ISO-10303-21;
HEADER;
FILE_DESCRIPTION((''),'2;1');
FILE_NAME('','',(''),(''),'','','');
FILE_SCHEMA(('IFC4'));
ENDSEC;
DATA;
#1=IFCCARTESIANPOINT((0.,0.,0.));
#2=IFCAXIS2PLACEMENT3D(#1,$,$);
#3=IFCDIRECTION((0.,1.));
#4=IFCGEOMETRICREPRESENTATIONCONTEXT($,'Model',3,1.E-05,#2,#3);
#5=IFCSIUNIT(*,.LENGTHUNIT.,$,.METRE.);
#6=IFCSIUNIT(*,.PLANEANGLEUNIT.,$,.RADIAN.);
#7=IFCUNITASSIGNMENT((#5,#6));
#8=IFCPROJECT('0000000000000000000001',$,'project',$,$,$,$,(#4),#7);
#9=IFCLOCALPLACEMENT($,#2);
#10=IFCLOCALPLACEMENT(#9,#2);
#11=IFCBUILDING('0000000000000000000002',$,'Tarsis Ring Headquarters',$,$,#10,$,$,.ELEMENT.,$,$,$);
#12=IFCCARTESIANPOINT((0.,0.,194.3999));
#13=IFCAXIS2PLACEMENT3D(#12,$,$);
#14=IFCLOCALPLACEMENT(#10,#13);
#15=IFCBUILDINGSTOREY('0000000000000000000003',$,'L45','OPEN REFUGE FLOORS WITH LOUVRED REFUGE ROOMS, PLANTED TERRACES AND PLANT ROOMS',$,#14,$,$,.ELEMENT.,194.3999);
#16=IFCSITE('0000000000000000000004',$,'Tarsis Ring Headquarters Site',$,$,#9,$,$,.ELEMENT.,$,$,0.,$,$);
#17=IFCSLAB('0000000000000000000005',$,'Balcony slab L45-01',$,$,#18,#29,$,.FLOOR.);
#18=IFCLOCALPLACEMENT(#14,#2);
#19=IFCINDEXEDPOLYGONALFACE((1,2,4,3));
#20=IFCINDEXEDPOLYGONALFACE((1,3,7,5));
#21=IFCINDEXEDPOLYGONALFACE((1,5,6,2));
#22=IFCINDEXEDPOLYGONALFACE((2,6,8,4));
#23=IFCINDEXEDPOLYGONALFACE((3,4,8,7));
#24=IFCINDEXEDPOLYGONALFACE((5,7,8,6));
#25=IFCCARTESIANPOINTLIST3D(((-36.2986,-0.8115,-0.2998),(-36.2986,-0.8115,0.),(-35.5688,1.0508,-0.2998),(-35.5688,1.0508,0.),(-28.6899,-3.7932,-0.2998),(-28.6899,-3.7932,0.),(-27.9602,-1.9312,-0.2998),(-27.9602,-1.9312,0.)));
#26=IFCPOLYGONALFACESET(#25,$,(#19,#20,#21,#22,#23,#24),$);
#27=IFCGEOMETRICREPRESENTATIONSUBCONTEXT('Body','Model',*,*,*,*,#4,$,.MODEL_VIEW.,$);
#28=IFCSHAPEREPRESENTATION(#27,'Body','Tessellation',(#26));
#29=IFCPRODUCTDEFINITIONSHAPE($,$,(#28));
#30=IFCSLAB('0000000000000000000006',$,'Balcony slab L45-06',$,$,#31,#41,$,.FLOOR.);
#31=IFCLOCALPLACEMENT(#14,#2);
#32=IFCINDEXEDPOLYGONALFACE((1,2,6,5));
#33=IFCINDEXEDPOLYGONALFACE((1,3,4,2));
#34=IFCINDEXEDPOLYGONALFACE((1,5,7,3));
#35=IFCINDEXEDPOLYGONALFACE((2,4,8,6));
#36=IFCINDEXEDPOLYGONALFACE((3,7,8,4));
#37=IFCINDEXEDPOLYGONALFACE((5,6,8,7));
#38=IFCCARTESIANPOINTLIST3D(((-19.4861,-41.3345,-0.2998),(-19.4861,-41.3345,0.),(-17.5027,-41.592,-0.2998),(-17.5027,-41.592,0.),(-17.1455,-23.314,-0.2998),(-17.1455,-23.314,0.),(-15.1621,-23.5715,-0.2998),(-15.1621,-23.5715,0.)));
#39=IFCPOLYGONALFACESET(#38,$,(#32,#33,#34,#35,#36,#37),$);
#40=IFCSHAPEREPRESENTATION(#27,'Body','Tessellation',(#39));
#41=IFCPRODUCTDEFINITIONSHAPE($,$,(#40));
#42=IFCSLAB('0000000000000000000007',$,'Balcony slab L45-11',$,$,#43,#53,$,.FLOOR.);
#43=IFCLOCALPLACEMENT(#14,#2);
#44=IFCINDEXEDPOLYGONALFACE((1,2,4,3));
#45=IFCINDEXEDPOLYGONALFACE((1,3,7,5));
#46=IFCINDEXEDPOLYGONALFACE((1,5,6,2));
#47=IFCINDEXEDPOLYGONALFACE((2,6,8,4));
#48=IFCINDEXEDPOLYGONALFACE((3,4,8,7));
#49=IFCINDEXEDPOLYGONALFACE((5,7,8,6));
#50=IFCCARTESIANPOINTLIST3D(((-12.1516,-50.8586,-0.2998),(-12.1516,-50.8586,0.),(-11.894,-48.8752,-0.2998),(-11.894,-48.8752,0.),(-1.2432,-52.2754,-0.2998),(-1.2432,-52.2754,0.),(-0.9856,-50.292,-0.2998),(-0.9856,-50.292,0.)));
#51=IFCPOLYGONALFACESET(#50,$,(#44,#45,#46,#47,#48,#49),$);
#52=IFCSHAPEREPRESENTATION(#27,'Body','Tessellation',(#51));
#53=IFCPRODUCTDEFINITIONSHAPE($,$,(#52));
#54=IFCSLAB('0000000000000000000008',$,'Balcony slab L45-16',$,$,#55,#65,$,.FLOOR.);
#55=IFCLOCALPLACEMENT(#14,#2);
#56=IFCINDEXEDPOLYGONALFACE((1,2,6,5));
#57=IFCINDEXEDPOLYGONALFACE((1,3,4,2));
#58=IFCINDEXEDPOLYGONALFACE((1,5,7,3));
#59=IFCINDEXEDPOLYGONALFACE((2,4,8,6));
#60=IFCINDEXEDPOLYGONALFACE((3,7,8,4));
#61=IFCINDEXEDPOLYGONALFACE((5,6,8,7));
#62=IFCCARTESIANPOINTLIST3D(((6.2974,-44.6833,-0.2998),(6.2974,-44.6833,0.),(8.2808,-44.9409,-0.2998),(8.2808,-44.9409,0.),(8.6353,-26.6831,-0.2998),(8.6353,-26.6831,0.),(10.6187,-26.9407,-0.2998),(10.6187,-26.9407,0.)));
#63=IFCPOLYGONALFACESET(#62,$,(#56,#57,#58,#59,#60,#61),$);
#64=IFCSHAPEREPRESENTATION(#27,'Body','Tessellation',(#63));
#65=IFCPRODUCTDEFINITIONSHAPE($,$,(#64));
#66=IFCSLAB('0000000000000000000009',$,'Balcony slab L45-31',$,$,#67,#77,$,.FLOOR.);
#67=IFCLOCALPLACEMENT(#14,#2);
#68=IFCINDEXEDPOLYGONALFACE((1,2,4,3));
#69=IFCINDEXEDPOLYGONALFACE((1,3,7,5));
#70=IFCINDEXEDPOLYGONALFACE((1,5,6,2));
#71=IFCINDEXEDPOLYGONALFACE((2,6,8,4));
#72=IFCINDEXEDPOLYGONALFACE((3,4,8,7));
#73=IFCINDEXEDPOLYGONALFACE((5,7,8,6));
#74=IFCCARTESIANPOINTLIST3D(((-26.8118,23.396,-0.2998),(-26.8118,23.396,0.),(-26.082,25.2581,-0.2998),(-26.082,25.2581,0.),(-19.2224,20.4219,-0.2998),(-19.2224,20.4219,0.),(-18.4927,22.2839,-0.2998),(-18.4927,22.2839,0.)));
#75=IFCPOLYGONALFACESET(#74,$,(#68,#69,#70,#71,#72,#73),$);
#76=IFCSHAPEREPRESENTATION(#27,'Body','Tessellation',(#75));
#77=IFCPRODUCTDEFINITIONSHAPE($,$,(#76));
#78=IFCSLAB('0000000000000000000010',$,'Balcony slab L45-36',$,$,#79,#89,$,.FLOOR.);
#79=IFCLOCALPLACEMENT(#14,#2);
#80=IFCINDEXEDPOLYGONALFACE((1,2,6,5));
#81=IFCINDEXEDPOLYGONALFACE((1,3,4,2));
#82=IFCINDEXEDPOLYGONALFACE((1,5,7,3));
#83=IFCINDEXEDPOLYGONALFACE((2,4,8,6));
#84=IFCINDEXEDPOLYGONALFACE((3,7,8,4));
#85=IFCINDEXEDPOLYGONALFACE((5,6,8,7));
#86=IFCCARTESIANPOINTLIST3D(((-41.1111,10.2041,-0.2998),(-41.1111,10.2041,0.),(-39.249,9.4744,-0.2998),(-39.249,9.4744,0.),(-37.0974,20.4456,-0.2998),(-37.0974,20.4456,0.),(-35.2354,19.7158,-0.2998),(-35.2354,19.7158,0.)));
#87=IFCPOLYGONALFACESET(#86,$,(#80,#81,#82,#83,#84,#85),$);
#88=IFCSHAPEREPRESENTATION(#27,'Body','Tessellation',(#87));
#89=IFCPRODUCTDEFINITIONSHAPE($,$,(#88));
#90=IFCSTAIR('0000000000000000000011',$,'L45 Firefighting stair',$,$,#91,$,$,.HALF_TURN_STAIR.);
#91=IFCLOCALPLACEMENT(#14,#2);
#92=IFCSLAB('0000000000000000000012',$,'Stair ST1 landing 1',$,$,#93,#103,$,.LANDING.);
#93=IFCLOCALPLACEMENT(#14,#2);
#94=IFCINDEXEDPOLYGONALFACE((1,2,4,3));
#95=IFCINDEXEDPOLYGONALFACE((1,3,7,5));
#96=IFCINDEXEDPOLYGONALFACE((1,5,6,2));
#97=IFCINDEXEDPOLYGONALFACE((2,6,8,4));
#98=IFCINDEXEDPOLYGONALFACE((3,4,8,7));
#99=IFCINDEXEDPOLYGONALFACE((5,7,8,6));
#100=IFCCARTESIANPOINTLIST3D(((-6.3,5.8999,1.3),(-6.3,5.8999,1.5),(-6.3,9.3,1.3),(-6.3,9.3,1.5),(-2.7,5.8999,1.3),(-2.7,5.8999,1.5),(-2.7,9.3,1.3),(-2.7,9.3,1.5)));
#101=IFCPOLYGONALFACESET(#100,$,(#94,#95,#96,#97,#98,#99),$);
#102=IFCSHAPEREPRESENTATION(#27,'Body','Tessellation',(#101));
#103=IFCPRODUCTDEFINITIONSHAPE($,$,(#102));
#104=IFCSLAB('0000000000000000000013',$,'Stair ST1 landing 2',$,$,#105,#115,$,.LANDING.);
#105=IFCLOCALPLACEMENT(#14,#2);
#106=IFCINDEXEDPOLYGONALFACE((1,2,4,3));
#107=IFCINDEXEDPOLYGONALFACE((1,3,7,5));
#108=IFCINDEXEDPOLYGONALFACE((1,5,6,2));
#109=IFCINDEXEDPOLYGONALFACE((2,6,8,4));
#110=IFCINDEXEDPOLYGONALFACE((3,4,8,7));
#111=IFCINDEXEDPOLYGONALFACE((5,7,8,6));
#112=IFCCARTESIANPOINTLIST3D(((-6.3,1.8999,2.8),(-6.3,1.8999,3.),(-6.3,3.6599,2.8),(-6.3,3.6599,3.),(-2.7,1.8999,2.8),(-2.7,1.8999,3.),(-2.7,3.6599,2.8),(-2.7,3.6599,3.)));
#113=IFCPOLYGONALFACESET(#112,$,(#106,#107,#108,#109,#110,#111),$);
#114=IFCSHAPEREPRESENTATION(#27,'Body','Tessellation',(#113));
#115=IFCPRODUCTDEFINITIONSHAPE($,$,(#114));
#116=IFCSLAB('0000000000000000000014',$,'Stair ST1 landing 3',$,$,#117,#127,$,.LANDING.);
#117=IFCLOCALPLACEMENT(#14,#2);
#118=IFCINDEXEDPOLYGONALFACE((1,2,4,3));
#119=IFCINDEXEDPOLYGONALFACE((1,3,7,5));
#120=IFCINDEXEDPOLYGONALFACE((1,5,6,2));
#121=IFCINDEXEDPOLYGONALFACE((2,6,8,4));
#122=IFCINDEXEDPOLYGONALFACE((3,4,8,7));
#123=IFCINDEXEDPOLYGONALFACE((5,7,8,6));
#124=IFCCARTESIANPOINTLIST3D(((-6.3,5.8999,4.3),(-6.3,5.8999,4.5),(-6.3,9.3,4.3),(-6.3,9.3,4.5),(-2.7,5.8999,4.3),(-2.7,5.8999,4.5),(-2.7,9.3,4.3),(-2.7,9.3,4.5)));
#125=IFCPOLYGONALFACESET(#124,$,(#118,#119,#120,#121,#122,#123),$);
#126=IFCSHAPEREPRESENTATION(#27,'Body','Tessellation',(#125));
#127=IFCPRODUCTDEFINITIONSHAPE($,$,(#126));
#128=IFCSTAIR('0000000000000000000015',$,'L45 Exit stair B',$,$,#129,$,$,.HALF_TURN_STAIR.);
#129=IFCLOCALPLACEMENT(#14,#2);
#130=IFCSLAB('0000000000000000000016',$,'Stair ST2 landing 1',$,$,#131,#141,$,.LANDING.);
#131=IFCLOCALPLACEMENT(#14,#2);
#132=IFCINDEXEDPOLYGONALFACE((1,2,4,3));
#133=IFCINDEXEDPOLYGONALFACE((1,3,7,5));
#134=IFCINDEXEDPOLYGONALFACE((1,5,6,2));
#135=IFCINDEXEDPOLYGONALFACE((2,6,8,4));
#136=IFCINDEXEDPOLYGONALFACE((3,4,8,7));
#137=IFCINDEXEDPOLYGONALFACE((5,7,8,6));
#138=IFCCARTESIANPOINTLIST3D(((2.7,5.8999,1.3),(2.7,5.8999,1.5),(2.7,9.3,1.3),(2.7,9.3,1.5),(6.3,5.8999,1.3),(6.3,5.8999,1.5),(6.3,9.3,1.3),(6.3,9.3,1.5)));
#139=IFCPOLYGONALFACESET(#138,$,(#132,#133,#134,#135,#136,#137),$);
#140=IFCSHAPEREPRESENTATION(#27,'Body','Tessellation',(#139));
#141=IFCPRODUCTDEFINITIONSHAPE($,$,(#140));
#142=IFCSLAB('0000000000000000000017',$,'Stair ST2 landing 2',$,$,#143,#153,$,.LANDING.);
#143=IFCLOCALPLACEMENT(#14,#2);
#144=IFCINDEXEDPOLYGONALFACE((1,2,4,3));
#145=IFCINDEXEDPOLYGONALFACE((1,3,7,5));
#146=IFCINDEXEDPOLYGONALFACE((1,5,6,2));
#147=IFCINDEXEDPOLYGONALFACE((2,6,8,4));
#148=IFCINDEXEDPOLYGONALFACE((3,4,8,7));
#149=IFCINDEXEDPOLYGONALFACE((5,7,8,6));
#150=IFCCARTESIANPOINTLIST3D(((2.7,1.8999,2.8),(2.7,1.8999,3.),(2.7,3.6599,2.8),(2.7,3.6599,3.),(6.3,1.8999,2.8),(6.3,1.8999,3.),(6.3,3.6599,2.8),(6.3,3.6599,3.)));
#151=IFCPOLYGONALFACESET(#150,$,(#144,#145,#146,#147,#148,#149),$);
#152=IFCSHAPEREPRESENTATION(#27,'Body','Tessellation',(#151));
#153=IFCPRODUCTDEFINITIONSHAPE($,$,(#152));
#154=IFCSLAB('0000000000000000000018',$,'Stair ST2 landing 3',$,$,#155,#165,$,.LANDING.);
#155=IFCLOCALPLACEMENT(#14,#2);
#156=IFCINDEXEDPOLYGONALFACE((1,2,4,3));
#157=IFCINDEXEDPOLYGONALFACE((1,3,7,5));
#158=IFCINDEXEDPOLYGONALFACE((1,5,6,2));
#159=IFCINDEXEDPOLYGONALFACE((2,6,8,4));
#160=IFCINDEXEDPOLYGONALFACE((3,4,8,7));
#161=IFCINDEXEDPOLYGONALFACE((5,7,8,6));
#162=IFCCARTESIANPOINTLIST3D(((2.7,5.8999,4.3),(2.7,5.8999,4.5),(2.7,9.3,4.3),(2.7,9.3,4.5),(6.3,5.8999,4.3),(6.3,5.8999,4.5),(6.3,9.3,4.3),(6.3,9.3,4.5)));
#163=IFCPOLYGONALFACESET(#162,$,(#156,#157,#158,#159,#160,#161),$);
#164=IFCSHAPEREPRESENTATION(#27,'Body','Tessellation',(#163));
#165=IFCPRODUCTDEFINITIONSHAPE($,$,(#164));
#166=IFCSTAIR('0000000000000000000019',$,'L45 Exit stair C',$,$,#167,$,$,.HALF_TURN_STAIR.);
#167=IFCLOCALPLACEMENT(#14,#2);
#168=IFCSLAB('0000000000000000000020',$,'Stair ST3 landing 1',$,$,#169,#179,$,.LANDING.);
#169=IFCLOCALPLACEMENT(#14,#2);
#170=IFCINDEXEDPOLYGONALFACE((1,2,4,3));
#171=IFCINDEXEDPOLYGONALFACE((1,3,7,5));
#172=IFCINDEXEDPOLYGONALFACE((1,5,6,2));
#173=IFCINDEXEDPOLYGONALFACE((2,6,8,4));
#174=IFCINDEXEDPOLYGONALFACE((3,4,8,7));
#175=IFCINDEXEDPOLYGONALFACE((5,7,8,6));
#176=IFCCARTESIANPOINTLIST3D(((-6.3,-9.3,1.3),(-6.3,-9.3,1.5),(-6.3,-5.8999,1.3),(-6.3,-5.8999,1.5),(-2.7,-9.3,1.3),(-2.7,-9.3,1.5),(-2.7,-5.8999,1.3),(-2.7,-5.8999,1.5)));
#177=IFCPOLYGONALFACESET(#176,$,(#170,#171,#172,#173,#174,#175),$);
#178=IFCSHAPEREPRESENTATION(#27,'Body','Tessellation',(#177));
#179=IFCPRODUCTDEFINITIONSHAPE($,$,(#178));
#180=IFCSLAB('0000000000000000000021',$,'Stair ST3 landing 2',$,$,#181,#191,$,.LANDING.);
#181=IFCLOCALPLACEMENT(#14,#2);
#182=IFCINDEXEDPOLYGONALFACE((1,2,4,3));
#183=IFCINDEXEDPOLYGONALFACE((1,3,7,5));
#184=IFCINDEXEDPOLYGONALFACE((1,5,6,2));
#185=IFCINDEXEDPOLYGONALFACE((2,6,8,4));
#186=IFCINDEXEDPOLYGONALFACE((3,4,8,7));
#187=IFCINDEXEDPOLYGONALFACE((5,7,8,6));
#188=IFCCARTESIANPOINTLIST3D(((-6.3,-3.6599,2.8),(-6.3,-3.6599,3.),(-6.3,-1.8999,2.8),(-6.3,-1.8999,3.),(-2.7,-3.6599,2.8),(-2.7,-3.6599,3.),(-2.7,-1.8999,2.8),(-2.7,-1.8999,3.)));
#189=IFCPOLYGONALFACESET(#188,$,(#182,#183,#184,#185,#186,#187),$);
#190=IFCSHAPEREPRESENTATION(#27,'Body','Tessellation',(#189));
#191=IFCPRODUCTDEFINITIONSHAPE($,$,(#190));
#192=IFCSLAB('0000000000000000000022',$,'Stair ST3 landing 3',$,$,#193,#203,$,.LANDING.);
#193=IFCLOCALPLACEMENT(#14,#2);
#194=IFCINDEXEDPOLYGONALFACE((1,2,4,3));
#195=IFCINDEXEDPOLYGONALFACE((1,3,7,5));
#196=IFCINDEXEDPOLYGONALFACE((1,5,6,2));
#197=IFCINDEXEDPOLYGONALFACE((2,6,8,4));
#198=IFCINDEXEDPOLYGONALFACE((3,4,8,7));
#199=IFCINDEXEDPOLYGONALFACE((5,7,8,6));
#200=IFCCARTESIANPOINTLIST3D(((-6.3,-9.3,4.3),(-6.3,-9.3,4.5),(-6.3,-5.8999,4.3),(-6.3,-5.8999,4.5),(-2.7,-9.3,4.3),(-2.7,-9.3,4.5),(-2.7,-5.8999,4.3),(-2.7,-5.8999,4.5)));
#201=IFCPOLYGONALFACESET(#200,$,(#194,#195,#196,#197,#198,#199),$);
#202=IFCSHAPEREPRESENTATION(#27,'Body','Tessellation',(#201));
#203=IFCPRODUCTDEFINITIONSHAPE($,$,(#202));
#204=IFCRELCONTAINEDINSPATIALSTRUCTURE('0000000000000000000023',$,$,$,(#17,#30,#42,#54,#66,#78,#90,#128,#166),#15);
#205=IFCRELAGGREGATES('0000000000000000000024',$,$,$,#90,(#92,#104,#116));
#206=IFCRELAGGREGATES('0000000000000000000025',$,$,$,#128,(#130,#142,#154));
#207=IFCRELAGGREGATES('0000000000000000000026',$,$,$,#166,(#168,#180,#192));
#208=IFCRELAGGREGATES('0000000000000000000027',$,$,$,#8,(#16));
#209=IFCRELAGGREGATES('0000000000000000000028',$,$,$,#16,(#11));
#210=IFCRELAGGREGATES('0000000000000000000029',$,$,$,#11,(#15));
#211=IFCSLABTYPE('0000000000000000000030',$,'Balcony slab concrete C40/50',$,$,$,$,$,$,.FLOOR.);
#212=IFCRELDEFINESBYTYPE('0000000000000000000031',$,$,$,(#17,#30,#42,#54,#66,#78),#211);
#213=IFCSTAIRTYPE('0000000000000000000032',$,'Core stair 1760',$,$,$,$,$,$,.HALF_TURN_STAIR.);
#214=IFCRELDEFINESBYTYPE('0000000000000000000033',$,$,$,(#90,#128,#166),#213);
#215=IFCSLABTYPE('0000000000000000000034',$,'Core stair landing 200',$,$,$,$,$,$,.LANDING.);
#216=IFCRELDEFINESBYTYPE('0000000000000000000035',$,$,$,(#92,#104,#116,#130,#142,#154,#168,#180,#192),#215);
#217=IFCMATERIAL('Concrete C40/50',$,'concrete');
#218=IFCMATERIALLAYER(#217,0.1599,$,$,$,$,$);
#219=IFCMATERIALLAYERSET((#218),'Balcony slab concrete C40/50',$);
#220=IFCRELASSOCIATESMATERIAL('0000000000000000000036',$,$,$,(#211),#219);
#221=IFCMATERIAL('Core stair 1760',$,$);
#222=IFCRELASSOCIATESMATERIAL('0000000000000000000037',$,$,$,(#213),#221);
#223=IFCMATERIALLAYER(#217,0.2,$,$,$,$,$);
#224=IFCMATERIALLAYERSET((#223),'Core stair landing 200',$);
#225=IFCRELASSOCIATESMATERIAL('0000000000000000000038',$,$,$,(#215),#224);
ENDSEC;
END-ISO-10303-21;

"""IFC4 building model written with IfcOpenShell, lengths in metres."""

from ifc_helpers import new_model, si_unit, direction, frame, origin, place, context, subcontext, project, spatial, polyline, outline, extrude, material, layer, layer_set, type_object, element, aggregate, save


model = new_model("IFC4")

# Units and contexts
model_context = context("Model", 3, precision=1e-05, world=origin(), true_north=direction((0.0, 1.0)))
body_context = subcontext(model_context, "Body", "Model", "MODEL_VIEW")
ifc_project = project(units=[si_unit("LENGTHUNIT", "METRE"), si_unit("PLANEANGLEUNIT", "RADIAN")], contexts=[model_context])

# Site, building, storey
site_placement = place(None, origin())
site = spatial("IfcSite", under=ifc_project, at=site_placement, Name="Tarsis Ring Headquarters Site", CompositionType="ELEMENT", RefElevation=0.0)
building_placement = place(site_placement, origin())
building = spatial("IfcBuilding", under=site, at=building_placement, Name="Tarsis Ring Headquarters", CompositionType="ELEMENT")
storey_placement = place(building_placement, frame((0.0, 0.0, 194.3999)))
storey = spatial("IfcBuildingStorey", under=building, at=storey_placement, Name="L45", Description="OPEN REFUGE FLOORS WITH LOUVRED REFUGE ROOMS, PLANTED TERRACES AND PLANT ROOMS", CompositionType="ELEMENT", Elevation=194.3999)

# Slabs
ifc_material_1 = material(Name="Concrete C40/50", Category="concrete")
ifc_layer_1 = layer(ifc_material_1, 0.1599)
ifc_layer_set_1 = layer_set([ifc_layer_1], Name="Balcony slab concrete C40/50")
slab_type_1 = type_object("IfcSlabType", Name="Balcony slab concrete C40/50", PredefinedType="FLOOR", material=ifc_layer_set_1)
slab_1_placement = place(storey_placement, frame((0.0, 0.0, -0.2998)))
element("IfcSlab", 1, at=slab_1_placement, inside=storey, type_object=slab_type_1, Name="Balcony slab L45-01", PredefinedType="FLOOR", context=body_context, shape_type="SweptSolid", body=[
    extrude(outline(polyline([(-35.5688, 1.0508), (-36.2986, -0.8115), (-28.6899, -3.7932), (-27.9602, -1.9312), (-35.5688, 1.0508)])), origin(), (0.0, 0.0, 1.0), 0.2998),
])
slab_2_placement = place(storey_placement, frame((0.0, 0.0, -0.2998)))
element("IfcSlab", 2, at=slab_2_placement, inside=storey, type_object=slab_type_1, Name="Balcony slab L45-06", PredefinedType="FLOOR", context=body_context, shape_type="SweptSolid", body=[
    extrude(outline(polyline([(-15.1621, -23.5715), (-17.1455, -23.314), (-19.4861, -41.3345), (-17.5027, -41.592), (-15.1621, -23.5715)])), origin(), (0.0, 0.0, 1.0), 0.2998),
])
slab_3_placement = place(storey_placement, frame((0.0, 0.0, -0.2998)))
element("IfcSlab", 3, at=slab_3_placement, inside=storey, type_object=slab_type_1, Name="Balcony slab L45-11", PredefinedType="FLOOR", context=body_context, shape_type="SweptSolid", body=[
    extrude(outline(polyline([(-11.894, -48.8752), (-12.1516, -50.8586), (-1.2432, -52.2754), (-0.9856, -50.292), (-11.894, -48.8752)])), origin(), (0.0, 0.0, 1.0), 0.2998),
])
slab_4_placement = place(storey_placement, frame((0.0, 0.0, -0.2998)))
element("IfcSlab", 4, at=slab_4_placement, inside=storey, type_object=slab_type_1, Name="Balcony slab L45-16", PredefinedType="FLOOR", context=body_context, shape_type="SweptSolid", body=[
    extrude(outline(polyline([(6.2974, -44.6833), (8.2808, -44.9409), (10.6187, -26.9407), (8.6353, -26.6831), (6.2974, -44.6833)])), origin(), (0.0, 0.0, 1.0), 0.2998),
])
slab_5_placement = place(storey_placement, frame((0.0, 0.0, -0.2998)))
element("IfcSlab", 5, at=slab_5_placement, inside=storey, type_object=slab_type_1, Name="Balcony slab L45-31", PredefinedType="FLOOR", context=body_context, shape_type="SweptSolid", body=[
    extrude(outline(polyline([(-19.2224, 20.4219), (-18.4927, 22.2839), (-26.082, 25.2581), (-26.8118, 23.396), (-19.2224, 20.4219)])), origin(), (0.0, 0.0, 1.0), 0.2998),
])
slab_6_placement = place(storey_placement, frame((0.0, 0.0, -0.2998)))
element("IfcSlab", 6, at=slab_6_placement, inside=storey, type_object=slab_type_1, Name="Balcony slab L45-36", PredefinedType="FLOOR", context=body_context, shape_type="SweptSolid", body=[
    extrude(outline(polyline([(-35.2354, 19.7158), (-37.0974, 20.4456), (-41.1111, 10.2041), (-39.249, 9.4744), (-35.2354, 19.7158)])), origin(), (0.0, 0.0, 1.0), 0.2998),
])

# Stairs, slabs
ifc_material_2 = material(Name="Core stair 1760")
stair_type = type_object("IfcStairType", Name="Core stair 1760", PredefinedType="HALF_TURN_STAIR", material=ifc_material_2)
stair_1_placement = place(storey_placement, origin())
stair_1 = element("IfcStair", 7, at=stair_1_placement, inside=storey, type_object=stair_type, Name="L45 Firefighting stair", PredefinedType="HALF_TURN_STAIR")
ifc_layer_2 = layer(ifc_material_1, 0.2)
ifc_layer_set_2 = layer_set([ifc_layer_2], Name="Core stair landing 200")
slab_type_2 = type_object("IfcSlabType", Name="Core stair landing 200", PredefinedType="LANDING", material=ifc_layer_set_2)
slab_7_placement = place(storey_placement, frame((0.0, 0.0, 1.3)))
slab_7 = element("IfcSlab", 8, at=slab_7_placement, type_object=slab_type_2, Name="Stair ST1 landing 1", PredefinedType="LANDING", context=body_context, shape_type="SweptSolid", body=[
    extrude(outline(polyline([(-2.7, 5.8999), (-2.7, 9.3), (-6.3, 9.3), (-6.3, 5.8999), (-2.7, 5.8999)])), origin(), (0.0, 0.0, 1.0), 0.2),
])
slab_8_placement = place(storey_placement, frame((0.0, 0.0, 2.8)))
slab_8 = element("IfcSlab", 9, at=slab_8_placement, type_object=slab_type_2, Name="Stair ST1 landing 2", PredefinedType="LANDING", context=body_context, shape_type="SweptSolid", body=[
    extrude(outline(polyline([(-2.7, 1.8999), (-2.7, 3.6599), (-6.3, 3.6599), (-6.3, 1.8999), (-2.7, 1.8999)])), origin(), (0.0, 0.0, 1.0), 0.2),
])
slab_9_placement = place(storey_placement, frame((0.0, 0.0, 4.3)))
slab_9 = element("IfcSlab", 10, at=slab_9_placement, type_object=slab_type_2, Name="Stair ST1 landing 3", PredefinedType="LANDING", context=body_context, shape_type="SweptSolid", body=[
    extrude(outline(polyline([(-2.7, 5.8999), (-2.7, 9.3), (-6.3, 9.3), (-6.3, 5.8999), (-2.7, 5.8999)])), origin(), (0.0, 0.0, 1.0), 0.2),
])
aggregate(stair_1, [slab_7, slab_8, slab_9])
stair_2_placement = place(storey_placement, origin())
stair_2 = element("IfcStair", 11, at=stair_2_placement, inside=storey, type_object=stair_type, Name="L45 Exit stair B", PredefinedType="HALF_TURN_STAIR")
slab_10_placement = place(storey_placement, frame((0.0, 0.0, 1.3)))
slab_10 = element("IfcSlab", 12, at=slab_10_placement, type_object=slab_type_2, Name="Stair ST2 landing 1", PredefinedType="LANDING", context=body_context, shape_type="SweptSolid", body=[
    extrude(outline(polyline([(6.3, 5.8999), (6.3, 9.3), (2.7, 9.3), (2.7, 5.8999), (6.3, 5.8999)])), origin(), (0.0, 0.0, 1.0), 0.2),
])
slab_11_placement = place(storey_placement, frame((0.0, 0.0, 2.8)))
slab_11 = element("IfcSlab", 13, at=slab_11_placement, type_object=slab_type_2, Name="Stair ST2 landing 2", PredefinedType="LANDING", context=body_context, shape_type="SweptSolid", body=[
    extrude(outline(polyline([(6.3, 1.8999), (6.3, 3.6599), (2.7, 3.6599), (2.7, 1.8999), (6.3, 1.8999)])), origin(), (0.0, 0.0, 1.0), 0.2),
])
slab_12_placement = place(storey_placement, frame((0.0, 0.0, 4.3)))
slab_12 = element("IfcSlab", 14, at=slab_12_placement, type_object=slab_type_2, Name="Stair ST2 landing 3", PredefinedType="LANDING", context=body_context, shape_type="SweptSolid", body=[
    extrude(outline(polyline([(6.3, 5.8999), (6.3, 9.3), (2.7, 9.3), (2.7, 5.8999), (6.3, 5.8999)])), origin(), (0.0, 0.0, 1.0), 0.2),
])
aggregate(stair_2, [slab_10, slab_11, slab_12])
stair_3_placement = place(storey_placement, origin())
stair_3 = element("IfcStair", 15, at=stair_3_placement, inside=storey, type_object=stair_type, Name="L45 Exit stair C", PredefinedType="HALF_TURN_STAIR")
slab_13_placement = place(storey_placement, frame((0.0, 0.0, 1.3)))
slab_13 = element("IfcSlab", 16, at=slab_13_placement, type_object=slab_type_2, Name="Stair ST3 landing 1", PredefinedType="LANDING", context=body_context, shape_type="SweptSolid", body=[
    extrude(outline(polyline([(-6.3, -5.8999), (-6.3, -9.3), (-2.7, -9.3), (-2.7, -5.8999), (-6.3, -5.8999)])), origin(), (0.0, 0.0, 1.0), 0.2),
])
slab_14_placement = place(storey_placement, frame((0.0, 0.0, 2.8)))
slab_14 = element("IfcSlab", 17, at=slab_14_placement, type_object=slab_type_2, Name="Stair ST3 landing 2", PredefinedType="LANDING", context=body_context, shape_type="SweptSolid", body=[
    extrude(outline(polyline([(-6.3, -1.8999), (-6.3, -3.6599), (-2.7, -3.6599), (-2.7, -1.8999), (-6.3, -1.8999)])), origin(), (0.0, 0.0, 1.0), 0.2),
])
slab_15_placement = place(storey_placement, frame((0.0, 0.0, 4.3)))
slab_15 = element("IfcSlab", 18, at=slab_15_placement, type_object=slab_type_2, Name="Stair ST3 landing 3", PredefinedType="LANDING", context=body_context, shape_type="SweptSolid", body=[
    extrude(outline(polyline([(-6.3, -5.8999), (-6.3, -9.3), (-2.7, -9.3), (-2.7, -5.8999), (-6.3, -5.8999)])), origin(), (0.0, 0.0, 1.0), 0.2),
])
aggregate(stair_3, [slab_13, slab_14, slab_15])

save(model, "model.ifc")
